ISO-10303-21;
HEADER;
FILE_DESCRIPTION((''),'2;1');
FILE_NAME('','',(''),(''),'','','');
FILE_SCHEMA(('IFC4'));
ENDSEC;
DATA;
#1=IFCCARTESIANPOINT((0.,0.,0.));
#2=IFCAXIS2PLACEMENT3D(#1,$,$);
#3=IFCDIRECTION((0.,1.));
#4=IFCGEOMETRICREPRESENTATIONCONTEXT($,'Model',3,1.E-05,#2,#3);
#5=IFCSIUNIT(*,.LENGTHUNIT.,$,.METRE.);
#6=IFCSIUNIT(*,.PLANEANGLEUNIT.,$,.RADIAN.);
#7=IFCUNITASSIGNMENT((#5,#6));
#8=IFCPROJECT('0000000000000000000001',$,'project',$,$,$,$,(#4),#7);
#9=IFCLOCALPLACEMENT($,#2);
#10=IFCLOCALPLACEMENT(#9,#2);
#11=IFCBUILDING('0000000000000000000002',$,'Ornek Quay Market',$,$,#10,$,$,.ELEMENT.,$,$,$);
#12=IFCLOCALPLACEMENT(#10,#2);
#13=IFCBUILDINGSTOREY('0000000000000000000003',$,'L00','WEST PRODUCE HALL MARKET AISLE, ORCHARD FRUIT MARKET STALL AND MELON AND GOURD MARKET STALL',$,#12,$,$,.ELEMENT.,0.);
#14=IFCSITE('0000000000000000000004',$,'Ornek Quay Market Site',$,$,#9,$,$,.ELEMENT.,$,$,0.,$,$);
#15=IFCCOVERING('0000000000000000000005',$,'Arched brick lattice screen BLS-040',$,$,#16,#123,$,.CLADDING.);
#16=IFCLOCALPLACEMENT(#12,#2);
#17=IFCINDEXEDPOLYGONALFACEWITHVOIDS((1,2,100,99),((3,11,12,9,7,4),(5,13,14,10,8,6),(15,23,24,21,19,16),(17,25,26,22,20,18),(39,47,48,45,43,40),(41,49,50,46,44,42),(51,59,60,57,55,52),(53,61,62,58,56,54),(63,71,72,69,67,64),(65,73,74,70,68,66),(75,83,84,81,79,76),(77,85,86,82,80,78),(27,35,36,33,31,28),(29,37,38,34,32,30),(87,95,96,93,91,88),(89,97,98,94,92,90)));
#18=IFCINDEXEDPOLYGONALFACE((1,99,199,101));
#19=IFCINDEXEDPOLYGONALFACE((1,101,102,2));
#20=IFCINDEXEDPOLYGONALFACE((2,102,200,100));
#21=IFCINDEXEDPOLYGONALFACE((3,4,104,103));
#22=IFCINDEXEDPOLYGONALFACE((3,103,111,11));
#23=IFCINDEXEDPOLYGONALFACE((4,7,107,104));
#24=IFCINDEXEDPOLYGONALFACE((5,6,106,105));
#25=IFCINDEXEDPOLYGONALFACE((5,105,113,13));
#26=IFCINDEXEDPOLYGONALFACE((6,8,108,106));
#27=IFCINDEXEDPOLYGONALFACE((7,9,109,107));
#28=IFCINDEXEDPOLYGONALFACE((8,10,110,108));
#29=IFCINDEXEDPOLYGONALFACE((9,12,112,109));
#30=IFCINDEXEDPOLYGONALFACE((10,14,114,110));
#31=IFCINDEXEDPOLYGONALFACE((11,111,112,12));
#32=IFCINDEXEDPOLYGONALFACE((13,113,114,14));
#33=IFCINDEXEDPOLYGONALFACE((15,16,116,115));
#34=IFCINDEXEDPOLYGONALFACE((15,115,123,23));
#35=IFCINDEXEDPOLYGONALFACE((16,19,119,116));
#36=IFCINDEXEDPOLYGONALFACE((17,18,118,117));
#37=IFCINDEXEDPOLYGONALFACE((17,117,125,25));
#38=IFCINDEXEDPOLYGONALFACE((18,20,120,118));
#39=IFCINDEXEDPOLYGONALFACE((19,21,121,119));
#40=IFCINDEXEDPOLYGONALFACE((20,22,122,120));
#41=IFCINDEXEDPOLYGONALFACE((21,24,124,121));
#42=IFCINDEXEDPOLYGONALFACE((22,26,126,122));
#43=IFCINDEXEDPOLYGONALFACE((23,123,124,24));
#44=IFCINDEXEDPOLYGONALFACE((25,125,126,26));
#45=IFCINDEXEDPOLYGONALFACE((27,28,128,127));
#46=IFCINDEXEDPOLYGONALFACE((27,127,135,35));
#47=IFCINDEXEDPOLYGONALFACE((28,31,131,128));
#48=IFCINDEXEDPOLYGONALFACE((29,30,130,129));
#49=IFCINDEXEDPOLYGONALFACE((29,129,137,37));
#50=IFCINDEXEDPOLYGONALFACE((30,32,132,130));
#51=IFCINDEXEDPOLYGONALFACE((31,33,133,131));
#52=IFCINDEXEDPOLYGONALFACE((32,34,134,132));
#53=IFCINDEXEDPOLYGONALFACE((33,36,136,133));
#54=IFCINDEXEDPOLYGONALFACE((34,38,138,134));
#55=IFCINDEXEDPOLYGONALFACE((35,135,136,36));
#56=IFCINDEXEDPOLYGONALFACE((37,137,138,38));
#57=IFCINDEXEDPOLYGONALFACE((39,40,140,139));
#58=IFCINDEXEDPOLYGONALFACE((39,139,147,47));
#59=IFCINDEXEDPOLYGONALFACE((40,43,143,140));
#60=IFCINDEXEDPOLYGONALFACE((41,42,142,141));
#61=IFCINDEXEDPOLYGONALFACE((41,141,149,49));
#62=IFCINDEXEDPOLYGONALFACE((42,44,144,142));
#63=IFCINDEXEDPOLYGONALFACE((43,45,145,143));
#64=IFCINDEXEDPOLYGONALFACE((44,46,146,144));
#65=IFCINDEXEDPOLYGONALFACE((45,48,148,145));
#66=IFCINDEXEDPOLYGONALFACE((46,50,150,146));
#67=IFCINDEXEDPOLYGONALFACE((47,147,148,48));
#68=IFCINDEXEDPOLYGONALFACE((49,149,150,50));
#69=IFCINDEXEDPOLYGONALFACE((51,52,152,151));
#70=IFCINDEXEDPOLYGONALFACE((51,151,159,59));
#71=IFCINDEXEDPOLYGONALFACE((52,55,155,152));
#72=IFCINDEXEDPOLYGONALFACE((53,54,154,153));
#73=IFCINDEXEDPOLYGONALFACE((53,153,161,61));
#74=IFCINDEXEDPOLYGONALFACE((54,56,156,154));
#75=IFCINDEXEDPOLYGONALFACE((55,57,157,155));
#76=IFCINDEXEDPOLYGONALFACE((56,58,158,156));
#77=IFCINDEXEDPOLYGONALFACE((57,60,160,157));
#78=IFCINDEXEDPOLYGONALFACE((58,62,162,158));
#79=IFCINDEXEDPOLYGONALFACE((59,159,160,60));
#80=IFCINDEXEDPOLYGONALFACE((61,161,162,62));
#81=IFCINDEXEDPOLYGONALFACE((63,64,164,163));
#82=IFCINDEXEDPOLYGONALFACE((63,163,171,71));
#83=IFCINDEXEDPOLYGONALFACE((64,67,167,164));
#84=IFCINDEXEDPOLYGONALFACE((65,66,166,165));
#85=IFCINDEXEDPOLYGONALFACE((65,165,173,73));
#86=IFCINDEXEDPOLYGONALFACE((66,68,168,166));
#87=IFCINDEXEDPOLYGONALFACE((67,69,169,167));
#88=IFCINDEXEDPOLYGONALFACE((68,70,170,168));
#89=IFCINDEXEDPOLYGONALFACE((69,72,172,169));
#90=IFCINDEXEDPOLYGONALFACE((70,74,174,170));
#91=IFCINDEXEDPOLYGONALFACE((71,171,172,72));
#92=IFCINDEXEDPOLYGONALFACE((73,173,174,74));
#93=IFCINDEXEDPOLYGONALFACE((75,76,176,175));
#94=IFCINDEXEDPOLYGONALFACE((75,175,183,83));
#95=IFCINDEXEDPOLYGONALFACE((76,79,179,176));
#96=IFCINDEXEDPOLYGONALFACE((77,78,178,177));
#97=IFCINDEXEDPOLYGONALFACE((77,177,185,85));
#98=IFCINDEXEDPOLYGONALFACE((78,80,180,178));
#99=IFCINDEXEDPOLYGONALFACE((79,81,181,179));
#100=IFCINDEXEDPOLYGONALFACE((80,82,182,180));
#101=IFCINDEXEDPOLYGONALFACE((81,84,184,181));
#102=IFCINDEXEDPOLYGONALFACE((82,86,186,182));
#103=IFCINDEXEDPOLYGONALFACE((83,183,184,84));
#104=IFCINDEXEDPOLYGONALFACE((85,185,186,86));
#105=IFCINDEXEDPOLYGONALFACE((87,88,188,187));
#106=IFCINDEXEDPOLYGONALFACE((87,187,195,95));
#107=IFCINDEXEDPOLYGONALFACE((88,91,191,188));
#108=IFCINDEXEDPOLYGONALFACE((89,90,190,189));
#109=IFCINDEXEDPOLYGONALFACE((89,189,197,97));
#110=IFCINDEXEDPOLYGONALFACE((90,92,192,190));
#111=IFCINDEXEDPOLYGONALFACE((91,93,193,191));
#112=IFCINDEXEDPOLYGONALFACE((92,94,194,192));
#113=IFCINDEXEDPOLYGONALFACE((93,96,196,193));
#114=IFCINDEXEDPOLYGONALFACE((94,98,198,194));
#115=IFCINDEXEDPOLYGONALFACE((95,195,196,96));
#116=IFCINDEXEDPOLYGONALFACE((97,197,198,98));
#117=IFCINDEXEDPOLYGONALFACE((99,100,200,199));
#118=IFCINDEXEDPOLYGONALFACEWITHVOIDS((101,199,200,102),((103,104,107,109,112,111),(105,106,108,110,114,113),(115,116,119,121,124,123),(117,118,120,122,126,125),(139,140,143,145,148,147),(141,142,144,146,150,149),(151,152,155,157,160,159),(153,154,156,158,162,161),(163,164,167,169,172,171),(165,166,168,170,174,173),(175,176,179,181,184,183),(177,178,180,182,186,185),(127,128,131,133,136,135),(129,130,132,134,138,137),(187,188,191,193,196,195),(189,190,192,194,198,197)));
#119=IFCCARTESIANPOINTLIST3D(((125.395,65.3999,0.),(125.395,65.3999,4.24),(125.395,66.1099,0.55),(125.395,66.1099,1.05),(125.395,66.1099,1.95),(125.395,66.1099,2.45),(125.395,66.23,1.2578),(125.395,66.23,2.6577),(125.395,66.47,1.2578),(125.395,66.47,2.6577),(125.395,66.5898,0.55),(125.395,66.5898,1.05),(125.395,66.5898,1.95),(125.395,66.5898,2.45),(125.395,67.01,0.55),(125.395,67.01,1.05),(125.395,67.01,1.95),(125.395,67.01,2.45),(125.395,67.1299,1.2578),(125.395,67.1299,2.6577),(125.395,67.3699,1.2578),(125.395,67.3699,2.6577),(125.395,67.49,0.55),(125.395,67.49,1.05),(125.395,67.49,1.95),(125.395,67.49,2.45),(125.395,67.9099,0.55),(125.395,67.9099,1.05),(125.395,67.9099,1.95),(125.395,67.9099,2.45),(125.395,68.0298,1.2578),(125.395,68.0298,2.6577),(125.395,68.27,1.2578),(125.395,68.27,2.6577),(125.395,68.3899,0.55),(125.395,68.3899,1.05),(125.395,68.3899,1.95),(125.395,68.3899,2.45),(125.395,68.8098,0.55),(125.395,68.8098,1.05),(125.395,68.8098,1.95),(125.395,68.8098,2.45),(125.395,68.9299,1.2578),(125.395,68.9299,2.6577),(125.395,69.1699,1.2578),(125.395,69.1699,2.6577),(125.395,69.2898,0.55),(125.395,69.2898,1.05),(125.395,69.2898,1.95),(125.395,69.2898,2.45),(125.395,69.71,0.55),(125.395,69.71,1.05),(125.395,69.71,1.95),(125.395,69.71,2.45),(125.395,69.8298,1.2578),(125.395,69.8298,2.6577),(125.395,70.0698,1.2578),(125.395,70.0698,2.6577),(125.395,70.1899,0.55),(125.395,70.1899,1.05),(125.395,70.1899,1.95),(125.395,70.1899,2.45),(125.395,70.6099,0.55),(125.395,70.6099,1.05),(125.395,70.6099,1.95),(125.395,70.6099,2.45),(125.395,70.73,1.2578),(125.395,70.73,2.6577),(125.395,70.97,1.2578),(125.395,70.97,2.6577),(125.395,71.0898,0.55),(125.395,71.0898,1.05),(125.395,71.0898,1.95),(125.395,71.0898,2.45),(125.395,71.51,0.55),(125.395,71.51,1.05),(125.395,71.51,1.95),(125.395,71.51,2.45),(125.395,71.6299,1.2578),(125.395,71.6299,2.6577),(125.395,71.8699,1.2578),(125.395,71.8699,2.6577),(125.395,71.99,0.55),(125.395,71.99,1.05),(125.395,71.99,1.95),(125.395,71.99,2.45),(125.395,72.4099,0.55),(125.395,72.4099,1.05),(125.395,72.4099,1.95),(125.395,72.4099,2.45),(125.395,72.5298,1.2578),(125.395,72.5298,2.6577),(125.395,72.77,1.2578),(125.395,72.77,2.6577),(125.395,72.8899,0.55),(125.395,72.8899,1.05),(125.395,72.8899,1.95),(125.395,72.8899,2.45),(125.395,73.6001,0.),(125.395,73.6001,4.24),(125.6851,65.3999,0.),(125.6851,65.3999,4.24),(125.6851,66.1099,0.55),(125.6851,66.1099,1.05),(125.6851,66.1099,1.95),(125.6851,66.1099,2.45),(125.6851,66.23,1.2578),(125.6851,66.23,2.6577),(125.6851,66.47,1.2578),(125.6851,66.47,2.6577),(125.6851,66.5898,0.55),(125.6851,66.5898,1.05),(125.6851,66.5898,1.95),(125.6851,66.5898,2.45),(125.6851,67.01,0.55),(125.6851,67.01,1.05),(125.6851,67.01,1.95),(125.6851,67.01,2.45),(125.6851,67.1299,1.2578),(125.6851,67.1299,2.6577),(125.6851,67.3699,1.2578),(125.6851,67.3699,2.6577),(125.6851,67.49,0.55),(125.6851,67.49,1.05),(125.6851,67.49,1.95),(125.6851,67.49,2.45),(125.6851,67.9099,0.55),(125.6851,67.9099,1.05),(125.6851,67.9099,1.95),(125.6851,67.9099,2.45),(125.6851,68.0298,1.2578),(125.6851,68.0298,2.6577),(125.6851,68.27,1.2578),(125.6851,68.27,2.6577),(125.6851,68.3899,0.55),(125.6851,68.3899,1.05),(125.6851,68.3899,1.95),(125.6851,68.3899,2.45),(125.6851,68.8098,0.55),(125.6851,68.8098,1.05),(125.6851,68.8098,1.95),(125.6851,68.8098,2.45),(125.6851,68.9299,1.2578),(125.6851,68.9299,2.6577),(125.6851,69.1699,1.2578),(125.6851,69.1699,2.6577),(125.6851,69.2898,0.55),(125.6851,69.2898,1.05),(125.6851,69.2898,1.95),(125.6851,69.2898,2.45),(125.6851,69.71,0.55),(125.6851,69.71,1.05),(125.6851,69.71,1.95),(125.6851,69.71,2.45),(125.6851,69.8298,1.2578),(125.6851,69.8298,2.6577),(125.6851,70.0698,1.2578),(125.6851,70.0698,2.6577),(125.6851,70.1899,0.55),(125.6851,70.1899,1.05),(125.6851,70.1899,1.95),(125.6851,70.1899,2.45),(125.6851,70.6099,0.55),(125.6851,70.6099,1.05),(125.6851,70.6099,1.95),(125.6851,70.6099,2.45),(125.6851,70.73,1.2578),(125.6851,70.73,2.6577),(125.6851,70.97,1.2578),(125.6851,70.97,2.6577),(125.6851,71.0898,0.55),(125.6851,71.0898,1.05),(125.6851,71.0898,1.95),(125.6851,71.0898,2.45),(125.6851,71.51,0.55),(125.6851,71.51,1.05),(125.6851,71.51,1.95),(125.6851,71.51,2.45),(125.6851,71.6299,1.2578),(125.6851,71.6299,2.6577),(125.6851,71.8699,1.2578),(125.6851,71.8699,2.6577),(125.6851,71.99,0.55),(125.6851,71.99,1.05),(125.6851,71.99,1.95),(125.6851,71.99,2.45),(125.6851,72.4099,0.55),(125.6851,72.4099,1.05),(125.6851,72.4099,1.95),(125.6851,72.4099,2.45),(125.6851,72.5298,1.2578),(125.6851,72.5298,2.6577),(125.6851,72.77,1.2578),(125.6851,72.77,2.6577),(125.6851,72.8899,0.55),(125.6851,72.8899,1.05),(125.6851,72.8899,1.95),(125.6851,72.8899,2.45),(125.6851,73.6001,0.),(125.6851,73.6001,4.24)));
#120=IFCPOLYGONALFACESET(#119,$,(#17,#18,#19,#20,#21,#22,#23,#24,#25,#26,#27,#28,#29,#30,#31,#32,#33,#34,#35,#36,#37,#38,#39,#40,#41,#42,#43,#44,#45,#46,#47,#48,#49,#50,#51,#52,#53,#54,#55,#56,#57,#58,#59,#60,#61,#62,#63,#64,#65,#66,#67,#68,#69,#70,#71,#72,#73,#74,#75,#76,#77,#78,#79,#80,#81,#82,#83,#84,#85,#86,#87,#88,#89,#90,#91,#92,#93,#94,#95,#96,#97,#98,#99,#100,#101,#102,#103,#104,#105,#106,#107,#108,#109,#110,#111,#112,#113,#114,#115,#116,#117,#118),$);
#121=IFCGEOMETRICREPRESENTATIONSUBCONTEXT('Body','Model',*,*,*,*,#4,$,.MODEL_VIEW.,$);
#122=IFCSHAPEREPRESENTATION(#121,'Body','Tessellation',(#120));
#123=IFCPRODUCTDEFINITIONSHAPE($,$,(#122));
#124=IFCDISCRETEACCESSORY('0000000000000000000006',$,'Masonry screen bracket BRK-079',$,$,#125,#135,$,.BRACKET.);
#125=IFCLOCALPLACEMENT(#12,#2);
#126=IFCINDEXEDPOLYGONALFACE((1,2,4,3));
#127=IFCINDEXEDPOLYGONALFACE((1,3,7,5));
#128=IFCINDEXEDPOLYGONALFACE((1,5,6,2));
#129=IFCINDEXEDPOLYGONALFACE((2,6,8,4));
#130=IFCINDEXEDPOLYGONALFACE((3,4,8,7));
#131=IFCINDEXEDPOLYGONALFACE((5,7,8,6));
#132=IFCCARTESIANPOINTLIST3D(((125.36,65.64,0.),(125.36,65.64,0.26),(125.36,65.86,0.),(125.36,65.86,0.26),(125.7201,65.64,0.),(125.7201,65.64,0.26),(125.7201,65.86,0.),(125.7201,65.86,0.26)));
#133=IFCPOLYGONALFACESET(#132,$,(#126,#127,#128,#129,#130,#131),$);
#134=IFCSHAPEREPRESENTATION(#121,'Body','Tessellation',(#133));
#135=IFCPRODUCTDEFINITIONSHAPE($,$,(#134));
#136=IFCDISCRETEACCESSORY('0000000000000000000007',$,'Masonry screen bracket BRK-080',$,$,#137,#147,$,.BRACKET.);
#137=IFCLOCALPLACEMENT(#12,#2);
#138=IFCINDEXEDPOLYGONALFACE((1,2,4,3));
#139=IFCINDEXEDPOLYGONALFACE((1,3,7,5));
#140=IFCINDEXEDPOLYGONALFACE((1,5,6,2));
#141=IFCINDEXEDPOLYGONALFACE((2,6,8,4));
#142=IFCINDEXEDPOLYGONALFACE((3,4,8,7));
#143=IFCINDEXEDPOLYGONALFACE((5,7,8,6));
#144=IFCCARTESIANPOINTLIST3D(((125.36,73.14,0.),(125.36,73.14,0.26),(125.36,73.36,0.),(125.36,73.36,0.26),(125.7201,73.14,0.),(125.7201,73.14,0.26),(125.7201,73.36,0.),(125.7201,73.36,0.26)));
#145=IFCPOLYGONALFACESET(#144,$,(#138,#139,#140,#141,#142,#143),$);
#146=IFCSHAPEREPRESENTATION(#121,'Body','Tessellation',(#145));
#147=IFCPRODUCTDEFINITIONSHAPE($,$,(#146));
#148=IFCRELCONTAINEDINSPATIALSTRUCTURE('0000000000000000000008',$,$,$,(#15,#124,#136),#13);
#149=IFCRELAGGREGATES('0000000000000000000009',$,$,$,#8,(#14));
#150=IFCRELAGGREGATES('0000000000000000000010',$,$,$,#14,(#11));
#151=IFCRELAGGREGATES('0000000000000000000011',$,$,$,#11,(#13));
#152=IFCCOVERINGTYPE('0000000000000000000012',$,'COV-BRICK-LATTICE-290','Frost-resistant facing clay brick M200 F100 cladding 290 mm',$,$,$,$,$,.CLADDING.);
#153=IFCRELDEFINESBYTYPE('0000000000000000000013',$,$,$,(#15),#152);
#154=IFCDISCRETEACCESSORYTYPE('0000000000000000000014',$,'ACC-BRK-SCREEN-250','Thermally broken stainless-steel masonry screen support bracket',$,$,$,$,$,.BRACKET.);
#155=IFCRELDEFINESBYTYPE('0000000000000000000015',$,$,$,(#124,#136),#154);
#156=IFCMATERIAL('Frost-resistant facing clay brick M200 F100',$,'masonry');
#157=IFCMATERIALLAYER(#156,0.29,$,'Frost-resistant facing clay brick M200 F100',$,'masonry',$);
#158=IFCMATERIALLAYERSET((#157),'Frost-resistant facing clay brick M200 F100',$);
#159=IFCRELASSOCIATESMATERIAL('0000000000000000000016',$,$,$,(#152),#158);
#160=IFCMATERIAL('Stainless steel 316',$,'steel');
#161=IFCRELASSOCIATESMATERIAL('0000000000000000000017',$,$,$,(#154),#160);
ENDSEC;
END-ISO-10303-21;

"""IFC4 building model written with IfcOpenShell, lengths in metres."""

from ifc_helpers import new_model, si_unit, direction, frame, origin, origin_2d, place, context, subcontext, project, spatial, polyline, rectangle, outline, extrude, material, layer, layer_set, type_object, element, save


model = new_model("IFC4")

# Units and contexts
model_context = context("Model", 3, precision=1e-05, world=origin(), true_north=direction((0.0, 1.0)))
body_context = subcontext(model_context, "Body", "Model", "MODEL_VIEW")
ifc_project = project(units=[si_unit("LENGTHUNIT", "METRE"), si_unit("PLANEANGLEUNIT", "RADIAN")], contexts=[model_context])

# Site, building, storey
site_placement = place(None, origin())
site = spatial("IfcSite", under=ifc_project, at=site_placement, Name="Ornek Quay Market Site", CompositionType="ELEMENT", RefElevation=0.0)
building_placement = place(site_placement, origin())
building = spatial("IfcBuilding", under=site, at=building_placement, Name="Ornek Quay Market", CompositionType="ELEMENT")
storey_placement = place(building_placement, origin())
storey = spatial("IfcBuildingStorey", under=building, at=storey_placement, Name="L00", Description="WEST PRODUCE HALL MARKET AISLE, ORCHARD FRUIT MARKET STALL AND MELON AND GOURD MARKET STALL", CompositionType="ELEMENT", Elevation=0.0)

# Shared definitions
ifc_material_1 = material(Name="Frost-resistant facing clay brick M200 F100", Category="masonry")

# Covering
ifc_layer_1 = layer(ifc_material_1, 0.29, Name="Frost-resistant facing clay brick M200 F100", Category="masonry")
ifc_layer_set_1 = layer_set([ifc_layer_1], Name="Frost-resistant facing clay brick M200 F100")
covering_type = type_object("IfcCoveringType", Name="COV-BRICK-LATTICE-290", Description="Frost-resistant facing clay brick M200 F100 cladding 290 mm", PredefinedType="CLADDING", material=ifc_layer_set_1)
covering_placement = place(storey_placement, frame((125.54, 65.3999, 0.0), z_axis=(0.0, 0.0, 1.0), x_axis=(0.0, 1.0, 0.0)))
element("IfcCovering", 1, at=covering_placement, inside=storey, type_object=covering_type, Name="Arched brick lattice screen BLS-040", PredefinedType="CLADDING", context=body_context, shape_type="SweptSolid", body=[
    extrude(outline(polyline([(0.0, 0.0), (8.2002, 0.0), (8.2002, 4.24), (0.0, 4.24), (0.0, 0.0)]), holes=[polyline([(0.71, 0.55), (1.1899, 0.55), (1.1899, 1.05), (1.0701, 1.2578), (0.8301, 1.2578), (0.71, 1.05), (0.71, 0.55)]), polyline([(0.71, 1.95), (1.1899, 1.95), (1.1899, 2.45), (1.0701, 2.6577), (0.8301, 2.6577), (0.71, 2.45), (0.71, 1.95)]), polyline([(1.6101, 0.55), (2.0901, 0.55), (2.0901, 1.05), (1.97, 1.2578), (1.73, 1.2578), (1.6101, 1.05), (1.6101, 0.55)]), polyline([(1.6101, 1.95), (2.0901, 1.95), (2.0901, 2.45), (1.97, 2.6577), (1.73, 2.6577), (1.6101, 2.45), (1.6101, 1.95)]), polyline([(2.51, 0.55), (2.99, 0.55), (2.99, 1.05), (2.8701, 1.2578), (2.6299, 1.2578), (2.51, 1.05), (2.51, 0.55)]), polyline([(2.51, 1.95), (2.99, 1.95), (2.99, 2.45), (2.8701, 2.6577), (2.6299, 2.6577), (2.51, 2.45), (2.51, 1.95)]), polyline([(3.4099, 0.55), (3.8899, 0.55), (3.8899, 1.05), (3.77, 1.2578), (3.53, 1.2578), (3.4099, 1.05), (3.4099, 0.55)]), polyline([(3.4099, 1.95), (3.8899, 1.95), (3.8899, 2.45), (3.77, 2.6577), (3.53, 2.6577), (3.4099, 2.45), (3.4099, 1.95)]), polyline([(4.3101, 0.55), (4.79, 0.55), (4.79, 1.05), (4.6699, 1.2578), (4.4299, 1.2578), (4.3101, 1.05), (4.3101, 0.55)]), polyline([(4.3101, 1.95), (4.79, 1.95), (4.79, 2.45), (4.6699, 2.6577), (4.4299, 2.6577), (4.3101, 2.45), (4.3101, 1.95)]), polyline([(5.21, 0.55), (5.6899, 0.55), (5.6899, 1.05), (5.5701, 1.2578), (5.3301, 1.2578), (5.21, 1.05), (5.21, 0.55)]), polyline([(5.21, 1.95), (5.6899, 1.95), (5.6899, 2.45), (5.5701, 2.6577), (5.3301, 2.6577), (5.21, 2.45), (5.21, 1.95)]), polyline([(6.1101, 0.55), (6.5901, 0.55), (6.5901, 1.05), (6.47, 1.2578), (6.23, 1.2578), (6.1101, 1.05), (6.1101, 0.55)]), polyline([(6.1101, 1.95), (6.5901, 1.95), (6.5901, 2.45), (6.47, 2.6577), (6.23, 2.6577), (6.1101, 2.45), (6.1101, 1.95)]), polyline([(7.01, 0.55), (7.49, 0.55), (7.49, 1.05), (7.3701, 1.2578), (7.1299, 1.2578), (7.01, 1.05), (7.01, 0.55)]), polyline([(7.01, 1.95), (7.49, 1.95), (7.49, 2.45), (7.3701, 2.6577), (7.1299, 2.6577), (7.01, 2.45), (7.01, 1.95)])]), frame((0.0, 0.145, 0.0), z_axis=(0.0, -1.0, 0.0), x_axis=(1.0, 0.0, 0.0)), (0.0, 0.0, 1.0), 0.29),
])

# Discrete accessories
ifc_material_2 = material(Name="Stainless steel 316", Category="steel")
discrete_accessory_type = type_object("IfcDiscreteAccessoryType", Name="ACC-BRK-SCREEN-250", Description="Thermally broken stainless-steel masonry screen support bracket", PredefinedType="BRACKET", material=ifc_material_2)
for number, where, z_axis, x_axis, name in (
    (2, (125.54, 65.75, 0.0), (0.0, 0.0, 1.0), (0.0, 1.0, 0.0), "Masonry screen bracket BRK-079"),
    (3, (125.54, 73.25, 0.0), (0.0, 0.0, 1.0), (0.0, 1.0, 0.0), "Masonry screen bracket BRK-080"),
):
    element("IfcDiscreteAccessory", number, at=place(storey_placement, frame(where, z_axis=z_axis, x_axis=x_axis)), inside=storey, type_object=discrete_accessory_type, Name=name, PredefinedType="BRACKET", context=body_context, shape_type="SweptSolid", body=[
        extrude(rectangle(XDim=0.22, YDim=0.3601, at=origin_2d()), origin(), (0.0, 0.0, 1.0), 0.26),
    ])

save(model, "model.ifc")
